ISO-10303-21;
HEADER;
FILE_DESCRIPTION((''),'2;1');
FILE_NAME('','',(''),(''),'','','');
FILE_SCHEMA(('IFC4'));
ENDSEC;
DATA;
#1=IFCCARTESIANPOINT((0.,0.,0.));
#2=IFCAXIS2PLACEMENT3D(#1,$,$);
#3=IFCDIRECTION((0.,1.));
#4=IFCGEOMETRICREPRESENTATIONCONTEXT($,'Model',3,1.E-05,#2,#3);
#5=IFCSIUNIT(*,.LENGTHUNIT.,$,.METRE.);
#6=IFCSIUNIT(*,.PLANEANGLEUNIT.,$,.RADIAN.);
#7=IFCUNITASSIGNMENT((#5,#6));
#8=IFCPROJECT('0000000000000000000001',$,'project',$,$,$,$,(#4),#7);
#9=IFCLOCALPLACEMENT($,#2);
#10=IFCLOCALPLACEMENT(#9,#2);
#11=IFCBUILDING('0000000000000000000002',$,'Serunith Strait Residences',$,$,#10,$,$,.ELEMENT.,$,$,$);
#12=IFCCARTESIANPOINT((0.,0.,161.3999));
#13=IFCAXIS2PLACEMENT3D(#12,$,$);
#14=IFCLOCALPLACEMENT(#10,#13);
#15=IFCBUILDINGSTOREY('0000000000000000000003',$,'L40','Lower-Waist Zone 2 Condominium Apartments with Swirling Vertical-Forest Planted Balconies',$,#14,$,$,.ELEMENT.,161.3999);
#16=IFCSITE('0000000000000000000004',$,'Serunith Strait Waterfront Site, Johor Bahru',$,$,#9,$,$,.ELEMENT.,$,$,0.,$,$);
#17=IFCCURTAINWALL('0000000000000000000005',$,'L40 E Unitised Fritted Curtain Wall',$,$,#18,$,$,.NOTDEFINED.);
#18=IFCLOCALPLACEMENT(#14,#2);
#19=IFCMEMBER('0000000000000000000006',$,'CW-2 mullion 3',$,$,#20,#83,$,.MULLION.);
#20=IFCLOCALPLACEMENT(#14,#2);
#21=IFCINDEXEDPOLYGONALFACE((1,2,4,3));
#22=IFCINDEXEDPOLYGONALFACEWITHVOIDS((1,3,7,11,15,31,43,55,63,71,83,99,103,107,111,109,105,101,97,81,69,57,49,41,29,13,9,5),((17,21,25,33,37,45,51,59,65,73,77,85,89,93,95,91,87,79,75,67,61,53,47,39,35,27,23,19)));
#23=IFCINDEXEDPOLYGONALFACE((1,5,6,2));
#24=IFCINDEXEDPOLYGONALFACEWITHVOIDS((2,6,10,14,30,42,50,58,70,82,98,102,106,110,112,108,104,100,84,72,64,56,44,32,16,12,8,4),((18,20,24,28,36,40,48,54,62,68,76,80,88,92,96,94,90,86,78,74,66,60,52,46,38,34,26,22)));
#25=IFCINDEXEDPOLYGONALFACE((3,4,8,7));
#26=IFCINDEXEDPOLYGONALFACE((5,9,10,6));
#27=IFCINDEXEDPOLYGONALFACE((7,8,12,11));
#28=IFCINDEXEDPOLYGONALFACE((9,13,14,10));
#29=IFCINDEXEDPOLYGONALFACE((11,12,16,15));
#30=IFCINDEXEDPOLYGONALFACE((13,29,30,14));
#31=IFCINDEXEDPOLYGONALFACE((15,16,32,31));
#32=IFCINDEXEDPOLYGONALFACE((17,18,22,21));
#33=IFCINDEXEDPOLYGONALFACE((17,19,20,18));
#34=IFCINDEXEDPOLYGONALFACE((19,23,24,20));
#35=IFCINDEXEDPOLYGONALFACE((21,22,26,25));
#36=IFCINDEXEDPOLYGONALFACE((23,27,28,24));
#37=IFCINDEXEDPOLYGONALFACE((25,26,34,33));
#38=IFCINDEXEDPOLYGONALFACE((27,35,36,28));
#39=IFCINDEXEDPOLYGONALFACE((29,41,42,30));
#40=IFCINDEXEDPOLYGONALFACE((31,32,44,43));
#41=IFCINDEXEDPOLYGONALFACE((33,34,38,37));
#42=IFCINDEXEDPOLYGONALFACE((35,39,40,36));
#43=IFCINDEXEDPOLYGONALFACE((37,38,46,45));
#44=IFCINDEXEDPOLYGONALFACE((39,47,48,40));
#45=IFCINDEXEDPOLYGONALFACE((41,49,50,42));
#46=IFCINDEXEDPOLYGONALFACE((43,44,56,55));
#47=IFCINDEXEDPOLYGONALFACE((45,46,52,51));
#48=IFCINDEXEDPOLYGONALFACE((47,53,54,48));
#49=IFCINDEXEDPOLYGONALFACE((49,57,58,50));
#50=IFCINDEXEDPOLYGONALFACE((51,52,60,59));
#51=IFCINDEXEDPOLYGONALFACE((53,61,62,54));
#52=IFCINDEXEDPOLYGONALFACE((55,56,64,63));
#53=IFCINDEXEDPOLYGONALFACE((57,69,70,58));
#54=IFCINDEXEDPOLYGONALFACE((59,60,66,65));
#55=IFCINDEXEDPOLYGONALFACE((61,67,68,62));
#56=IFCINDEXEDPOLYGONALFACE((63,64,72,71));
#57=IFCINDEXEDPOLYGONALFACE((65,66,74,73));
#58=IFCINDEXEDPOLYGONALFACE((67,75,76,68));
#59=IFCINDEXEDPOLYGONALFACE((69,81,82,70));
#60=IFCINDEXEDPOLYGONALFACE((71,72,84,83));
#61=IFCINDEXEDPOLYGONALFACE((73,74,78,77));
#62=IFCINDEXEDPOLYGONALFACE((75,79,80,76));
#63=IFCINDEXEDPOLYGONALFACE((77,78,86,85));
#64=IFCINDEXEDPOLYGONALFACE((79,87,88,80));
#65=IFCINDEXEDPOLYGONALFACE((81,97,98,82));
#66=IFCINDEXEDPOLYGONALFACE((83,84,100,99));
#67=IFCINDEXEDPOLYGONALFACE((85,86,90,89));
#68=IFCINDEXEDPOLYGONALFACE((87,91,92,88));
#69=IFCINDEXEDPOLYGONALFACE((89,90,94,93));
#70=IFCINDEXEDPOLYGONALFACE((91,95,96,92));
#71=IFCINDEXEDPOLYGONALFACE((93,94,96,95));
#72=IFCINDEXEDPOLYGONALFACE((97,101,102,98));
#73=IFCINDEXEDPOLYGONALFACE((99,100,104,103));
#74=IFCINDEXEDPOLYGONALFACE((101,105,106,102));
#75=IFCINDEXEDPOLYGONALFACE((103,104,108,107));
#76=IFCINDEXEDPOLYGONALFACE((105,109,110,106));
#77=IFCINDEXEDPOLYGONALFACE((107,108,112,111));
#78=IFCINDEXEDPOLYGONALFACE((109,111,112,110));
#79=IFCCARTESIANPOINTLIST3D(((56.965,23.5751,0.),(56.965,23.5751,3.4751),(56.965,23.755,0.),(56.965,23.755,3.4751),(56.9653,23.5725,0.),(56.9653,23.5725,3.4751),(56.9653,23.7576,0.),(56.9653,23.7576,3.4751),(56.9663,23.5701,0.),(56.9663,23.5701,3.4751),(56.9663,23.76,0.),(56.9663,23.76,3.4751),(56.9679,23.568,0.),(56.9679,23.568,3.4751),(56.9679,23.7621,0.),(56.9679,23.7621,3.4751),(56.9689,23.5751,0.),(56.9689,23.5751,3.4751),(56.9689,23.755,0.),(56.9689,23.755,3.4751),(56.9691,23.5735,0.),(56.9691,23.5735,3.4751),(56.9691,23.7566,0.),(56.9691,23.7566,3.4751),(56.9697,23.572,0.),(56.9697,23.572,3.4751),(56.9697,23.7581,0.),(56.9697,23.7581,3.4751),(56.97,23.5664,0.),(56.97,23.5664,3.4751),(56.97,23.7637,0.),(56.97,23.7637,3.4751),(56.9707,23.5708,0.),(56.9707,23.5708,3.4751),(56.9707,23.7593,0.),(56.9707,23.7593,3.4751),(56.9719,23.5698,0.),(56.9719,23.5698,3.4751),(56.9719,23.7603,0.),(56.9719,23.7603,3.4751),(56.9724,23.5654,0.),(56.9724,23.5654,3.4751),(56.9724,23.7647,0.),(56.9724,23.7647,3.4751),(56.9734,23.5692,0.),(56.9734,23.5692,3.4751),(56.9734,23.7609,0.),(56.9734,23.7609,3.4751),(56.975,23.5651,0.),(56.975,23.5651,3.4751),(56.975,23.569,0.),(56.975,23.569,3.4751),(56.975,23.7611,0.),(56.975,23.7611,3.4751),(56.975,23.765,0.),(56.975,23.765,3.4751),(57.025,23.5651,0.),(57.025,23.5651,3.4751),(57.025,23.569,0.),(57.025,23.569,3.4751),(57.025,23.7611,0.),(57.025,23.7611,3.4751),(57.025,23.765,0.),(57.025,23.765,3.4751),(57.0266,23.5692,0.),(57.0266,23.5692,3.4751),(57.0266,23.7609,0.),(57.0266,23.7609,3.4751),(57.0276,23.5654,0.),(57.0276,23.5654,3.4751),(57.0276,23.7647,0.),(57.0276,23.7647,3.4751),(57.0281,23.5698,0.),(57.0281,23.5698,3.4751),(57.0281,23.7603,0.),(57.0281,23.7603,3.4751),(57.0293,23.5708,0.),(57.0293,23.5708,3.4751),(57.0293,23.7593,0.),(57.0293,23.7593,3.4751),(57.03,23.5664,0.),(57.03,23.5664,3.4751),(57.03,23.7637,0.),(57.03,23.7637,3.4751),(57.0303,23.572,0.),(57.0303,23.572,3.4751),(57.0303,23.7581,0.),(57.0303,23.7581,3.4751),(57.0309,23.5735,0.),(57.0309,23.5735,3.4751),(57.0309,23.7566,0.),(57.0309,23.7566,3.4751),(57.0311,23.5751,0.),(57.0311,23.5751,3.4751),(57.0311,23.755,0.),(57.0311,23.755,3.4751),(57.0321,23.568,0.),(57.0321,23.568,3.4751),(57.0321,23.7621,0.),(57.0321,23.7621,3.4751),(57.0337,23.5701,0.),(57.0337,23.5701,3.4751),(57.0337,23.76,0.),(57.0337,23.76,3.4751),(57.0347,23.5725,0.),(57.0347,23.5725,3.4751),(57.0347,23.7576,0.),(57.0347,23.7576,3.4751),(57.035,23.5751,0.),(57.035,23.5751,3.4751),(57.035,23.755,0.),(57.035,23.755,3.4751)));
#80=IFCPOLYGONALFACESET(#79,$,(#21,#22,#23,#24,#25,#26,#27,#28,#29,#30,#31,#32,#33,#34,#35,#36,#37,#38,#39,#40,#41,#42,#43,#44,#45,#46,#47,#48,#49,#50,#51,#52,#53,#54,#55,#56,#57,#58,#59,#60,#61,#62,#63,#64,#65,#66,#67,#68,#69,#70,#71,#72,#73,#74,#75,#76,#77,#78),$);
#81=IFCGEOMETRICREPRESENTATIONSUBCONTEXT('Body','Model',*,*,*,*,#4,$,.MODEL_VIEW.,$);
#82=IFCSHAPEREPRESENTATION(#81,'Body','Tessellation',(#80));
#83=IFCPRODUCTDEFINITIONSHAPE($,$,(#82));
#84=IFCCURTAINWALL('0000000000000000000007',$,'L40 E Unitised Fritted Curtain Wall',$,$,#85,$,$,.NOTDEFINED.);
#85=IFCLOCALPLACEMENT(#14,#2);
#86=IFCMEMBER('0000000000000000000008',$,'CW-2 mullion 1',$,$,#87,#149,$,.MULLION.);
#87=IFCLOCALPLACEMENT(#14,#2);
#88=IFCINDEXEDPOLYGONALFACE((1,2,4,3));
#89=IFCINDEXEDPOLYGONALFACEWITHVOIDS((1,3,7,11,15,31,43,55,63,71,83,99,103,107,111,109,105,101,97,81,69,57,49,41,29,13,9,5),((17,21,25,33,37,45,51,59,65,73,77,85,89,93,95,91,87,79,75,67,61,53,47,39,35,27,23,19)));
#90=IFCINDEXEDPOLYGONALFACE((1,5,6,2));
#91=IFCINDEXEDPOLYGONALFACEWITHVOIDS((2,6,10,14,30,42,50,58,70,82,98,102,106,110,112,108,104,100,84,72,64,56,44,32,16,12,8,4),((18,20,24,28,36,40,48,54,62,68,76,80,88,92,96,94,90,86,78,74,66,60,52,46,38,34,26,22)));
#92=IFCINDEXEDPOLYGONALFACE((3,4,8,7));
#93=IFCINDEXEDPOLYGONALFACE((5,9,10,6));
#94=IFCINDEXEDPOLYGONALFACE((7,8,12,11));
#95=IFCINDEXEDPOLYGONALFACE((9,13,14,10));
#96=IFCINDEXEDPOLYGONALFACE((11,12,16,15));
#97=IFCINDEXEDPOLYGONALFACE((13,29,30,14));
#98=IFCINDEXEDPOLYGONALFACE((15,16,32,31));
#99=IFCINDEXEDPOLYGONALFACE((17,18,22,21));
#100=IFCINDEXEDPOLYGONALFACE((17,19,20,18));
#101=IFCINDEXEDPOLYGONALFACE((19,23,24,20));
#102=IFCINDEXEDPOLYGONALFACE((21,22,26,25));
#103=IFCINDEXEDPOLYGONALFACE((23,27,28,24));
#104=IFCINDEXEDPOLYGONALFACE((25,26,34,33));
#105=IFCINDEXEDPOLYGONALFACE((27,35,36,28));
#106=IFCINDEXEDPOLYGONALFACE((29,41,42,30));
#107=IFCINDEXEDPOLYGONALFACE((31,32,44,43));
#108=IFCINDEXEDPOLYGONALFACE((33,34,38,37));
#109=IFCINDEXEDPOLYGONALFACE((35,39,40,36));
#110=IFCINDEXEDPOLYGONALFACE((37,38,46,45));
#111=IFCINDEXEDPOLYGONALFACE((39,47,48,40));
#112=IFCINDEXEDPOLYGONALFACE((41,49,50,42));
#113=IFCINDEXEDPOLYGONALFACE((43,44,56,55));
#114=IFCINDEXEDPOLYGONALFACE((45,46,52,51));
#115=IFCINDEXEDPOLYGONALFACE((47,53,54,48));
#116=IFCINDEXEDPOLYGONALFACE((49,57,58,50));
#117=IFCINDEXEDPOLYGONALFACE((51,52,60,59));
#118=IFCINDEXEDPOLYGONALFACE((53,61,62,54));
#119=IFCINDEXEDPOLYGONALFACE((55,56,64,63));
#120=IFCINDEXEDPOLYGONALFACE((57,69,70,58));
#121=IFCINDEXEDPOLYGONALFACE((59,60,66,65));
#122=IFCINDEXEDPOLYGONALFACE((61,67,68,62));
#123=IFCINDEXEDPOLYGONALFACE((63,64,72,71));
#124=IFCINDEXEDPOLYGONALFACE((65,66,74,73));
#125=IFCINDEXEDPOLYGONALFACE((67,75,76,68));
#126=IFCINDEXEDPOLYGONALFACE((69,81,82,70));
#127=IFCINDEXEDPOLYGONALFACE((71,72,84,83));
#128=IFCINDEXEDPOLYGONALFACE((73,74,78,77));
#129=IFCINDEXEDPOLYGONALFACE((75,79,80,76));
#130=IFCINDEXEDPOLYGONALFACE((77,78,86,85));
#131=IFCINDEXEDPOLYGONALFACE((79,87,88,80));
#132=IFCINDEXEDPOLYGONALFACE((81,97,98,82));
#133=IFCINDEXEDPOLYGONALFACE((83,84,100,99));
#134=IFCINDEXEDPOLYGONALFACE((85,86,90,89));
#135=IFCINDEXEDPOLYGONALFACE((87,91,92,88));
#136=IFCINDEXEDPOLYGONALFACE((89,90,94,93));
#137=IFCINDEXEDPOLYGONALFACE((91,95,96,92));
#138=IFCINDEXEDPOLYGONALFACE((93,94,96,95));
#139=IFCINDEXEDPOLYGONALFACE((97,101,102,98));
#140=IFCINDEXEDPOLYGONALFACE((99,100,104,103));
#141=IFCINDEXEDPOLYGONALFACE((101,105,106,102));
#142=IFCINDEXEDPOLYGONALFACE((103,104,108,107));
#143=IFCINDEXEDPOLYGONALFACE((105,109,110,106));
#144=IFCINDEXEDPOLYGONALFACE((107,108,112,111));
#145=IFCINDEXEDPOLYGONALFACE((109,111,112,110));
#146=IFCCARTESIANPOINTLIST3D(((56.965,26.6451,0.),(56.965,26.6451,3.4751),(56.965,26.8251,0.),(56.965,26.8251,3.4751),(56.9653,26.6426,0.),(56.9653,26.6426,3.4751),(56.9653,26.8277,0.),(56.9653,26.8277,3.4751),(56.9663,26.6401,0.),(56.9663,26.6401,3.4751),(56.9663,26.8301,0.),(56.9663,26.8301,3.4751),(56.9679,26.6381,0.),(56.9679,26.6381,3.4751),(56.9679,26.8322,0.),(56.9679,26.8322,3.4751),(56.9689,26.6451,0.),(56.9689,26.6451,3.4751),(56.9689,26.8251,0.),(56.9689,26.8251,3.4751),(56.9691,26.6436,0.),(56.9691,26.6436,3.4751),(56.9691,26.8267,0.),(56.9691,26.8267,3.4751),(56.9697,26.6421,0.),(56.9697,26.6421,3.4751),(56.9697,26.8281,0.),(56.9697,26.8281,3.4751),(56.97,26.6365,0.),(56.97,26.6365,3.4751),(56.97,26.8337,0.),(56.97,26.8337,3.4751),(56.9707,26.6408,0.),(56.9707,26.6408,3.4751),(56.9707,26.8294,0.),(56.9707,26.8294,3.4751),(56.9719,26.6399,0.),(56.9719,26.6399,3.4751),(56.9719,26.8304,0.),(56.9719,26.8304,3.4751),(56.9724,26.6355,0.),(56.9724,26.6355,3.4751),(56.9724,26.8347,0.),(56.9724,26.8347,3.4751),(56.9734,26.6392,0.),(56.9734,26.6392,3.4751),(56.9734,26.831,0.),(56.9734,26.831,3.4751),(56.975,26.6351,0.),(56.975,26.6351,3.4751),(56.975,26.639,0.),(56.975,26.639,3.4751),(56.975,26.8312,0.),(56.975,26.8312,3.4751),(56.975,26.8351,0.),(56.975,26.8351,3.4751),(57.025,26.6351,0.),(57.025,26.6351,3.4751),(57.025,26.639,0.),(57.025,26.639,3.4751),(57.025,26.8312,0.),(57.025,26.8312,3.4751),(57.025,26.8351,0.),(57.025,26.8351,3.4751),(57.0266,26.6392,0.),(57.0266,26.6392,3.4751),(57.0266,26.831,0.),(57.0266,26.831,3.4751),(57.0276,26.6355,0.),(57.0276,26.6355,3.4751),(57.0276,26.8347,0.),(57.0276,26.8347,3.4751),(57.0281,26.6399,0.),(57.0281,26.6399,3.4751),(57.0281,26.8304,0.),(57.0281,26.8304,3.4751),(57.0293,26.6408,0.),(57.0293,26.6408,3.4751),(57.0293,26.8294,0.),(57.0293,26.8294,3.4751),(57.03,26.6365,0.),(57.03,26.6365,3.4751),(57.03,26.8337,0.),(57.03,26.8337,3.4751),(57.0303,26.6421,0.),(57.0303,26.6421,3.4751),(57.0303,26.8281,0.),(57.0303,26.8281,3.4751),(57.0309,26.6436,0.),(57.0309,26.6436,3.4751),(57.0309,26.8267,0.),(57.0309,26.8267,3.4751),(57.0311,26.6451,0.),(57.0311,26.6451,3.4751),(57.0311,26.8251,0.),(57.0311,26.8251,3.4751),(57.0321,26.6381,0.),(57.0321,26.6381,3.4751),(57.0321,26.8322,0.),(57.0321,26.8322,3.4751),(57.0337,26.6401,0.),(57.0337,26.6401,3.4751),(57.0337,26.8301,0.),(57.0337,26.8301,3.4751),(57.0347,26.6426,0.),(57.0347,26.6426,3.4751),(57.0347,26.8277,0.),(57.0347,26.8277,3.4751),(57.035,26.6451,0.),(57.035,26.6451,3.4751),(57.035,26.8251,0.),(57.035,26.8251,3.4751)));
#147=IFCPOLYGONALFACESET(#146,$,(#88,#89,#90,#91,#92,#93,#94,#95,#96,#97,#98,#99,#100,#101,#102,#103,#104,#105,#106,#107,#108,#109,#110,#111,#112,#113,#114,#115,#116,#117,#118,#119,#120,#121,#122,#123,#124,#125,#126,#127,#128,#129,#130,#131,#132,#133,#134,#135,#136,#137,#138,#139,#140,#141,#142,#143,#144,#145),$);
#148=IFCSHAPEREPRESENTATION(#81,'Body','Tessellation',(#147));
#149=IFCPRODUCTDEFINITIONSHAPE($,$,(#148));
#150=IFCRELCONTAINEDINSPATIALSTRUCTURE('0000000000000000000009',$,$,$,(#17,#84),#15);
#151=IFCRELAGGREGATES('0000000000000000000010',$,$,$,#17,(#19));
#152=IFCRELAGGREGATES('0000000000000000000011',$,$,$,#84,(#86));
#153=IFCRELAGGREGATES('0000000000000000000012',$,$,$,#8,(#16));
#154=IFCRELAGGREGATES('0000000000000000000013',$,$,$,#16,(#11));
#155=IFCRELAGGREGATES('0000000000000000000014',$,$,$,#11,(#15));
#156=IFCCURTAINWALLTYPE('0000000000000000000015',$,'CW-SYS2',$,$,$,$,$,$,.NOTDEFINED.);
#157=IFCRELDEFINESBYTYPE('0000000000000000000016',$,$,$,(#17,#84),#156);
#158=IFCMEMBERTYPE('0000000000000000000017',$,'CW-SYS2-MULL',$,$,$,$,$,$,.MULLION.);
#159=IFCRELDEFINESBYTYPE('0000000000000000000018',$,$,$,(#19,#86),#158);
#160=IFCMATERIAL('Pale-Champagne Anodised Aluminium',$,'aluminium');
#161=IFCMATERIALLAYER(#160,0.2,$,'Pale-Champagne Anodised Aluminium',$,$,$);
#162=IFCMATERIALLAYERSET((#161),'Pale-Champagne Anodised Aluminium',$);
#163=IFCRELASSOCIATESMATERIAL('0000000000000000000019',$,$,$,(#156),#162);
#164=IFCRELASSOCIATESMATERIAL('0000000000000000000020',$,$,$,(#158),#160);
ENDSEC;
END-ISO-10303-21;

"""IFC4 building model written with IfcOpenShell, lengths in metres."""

from ifc_helpers import new_model, si_unit, direction, frame, origin, origin_2d, place, context, subcontext, project, spatial, hollow_rectangle, extrude, source, transform, mapped, material, layer, layer_set, material_profile, profile_set, type_object, element, aggregate, save


model = new_model("IFC4")

# Units and contexts
model_context = context("Model", 3, precision=1e-05, world=origin(), true_north=direction((0.0, 1.0)))
body_context = subcontext(model_context, "Body", "Model", "MODEL_VIEW")
ifc_project = project(units=[si_unit("LENGTHUNIT", "METRE"), si_unit("PLANEANGLEUNIT", "RADIAN")], contexts=[model_context])

# Site, building, storey
site_placement = place(None, origin())
site = spatial("IfcSite", under=ifc_project, at=site_placement, Name="Serunith Strait Waterfront Site, Johor Bahru", CompositionType="ELEMENT", RefElevation=0.0)
building_placement = place(site_placement, origin())
building = spatial("IfcBuilding", under=site, at=building_placement, Name="Serunith Strait Residences", CompositionType="ELEMENT")
storey_placement = place(building_placement, frame((0.0, 0.0, 161.3999)))
storey = spatial("IfcBuildingStorey", under=building, at=storey_placement, Name="L40", Description="Lower-Waist Zone 2 Condominium Apartments with Swirling Vertical-Forest Planted Balconies", CompositionType="ELEMENT", Elevation=161.3999)

# Curtain wall, member
ifc_material_1 = material(Name="Pale-Champagne Anodised Aluminium", Category="aluminium")
ifc_layer_1 = layer(ifc_material_1, 0.2, Name="Pale-Champagne Anodised Aluminium")
ifc_layer_set_1 = layer_set([ifc_layer_1], Name="Pale-Champagne Anodised Aluminium")
curtain_wall_type = type_object("IfcCurtainWallType", Name="CW-SYS2", PredefinedType="NOTDEFINED", material=ifc_layer_set_1)
curtain_wall_1_placement = place(storey_placement, origin())
curtain_wall_1 = element("IfcCurtainWall", 1, at=curtain_wall_1_placement, inside=storey, type_object=curtain_wall_type, Name="L40 E Unitised Fritted Curtain Wall", PredefinedType="NOTDEFINED")
ifc_material_profile_1 = material_profile(ifc_material_1, hollow_rectangle(XDim=0.0701, YDim=0.2, WallThickness=0.0039, InnerFilletRadius=0.0061, OuterFilletRadius=0.01, at=origin_2d()), Name="ALU 200x70x4")
ifc_profile_set_1 = profile_set([ifc_material_profile_1], Name="Pale-Champagne Anodised Aluminium")
member_type_1 = type_object("IfcMemberType", Name="CW-SYS2-MULL", PredefinedType="MULLION", material=ifc_profile_set_1)
shared_shape_1 = source(origin(), body_context, "Body", "SweptSolid", [
    extrude(hollow_rectangle(XDim=0.0701, YDim=0.2, WallThickness=0.0039, InnerFilletRadius=0.0061, OuterFilletRadius=0.01, at=origin_2d()), origin(), (0.0, 0.0, 1.0), 3.4751),
])
member_1_placement = place(storey_placement, frame((57.0, 23.665, 0.0), z_axis=(0.0, 0.0, 1.0), x_axis=(-1.0, 0.0, 0.0)))
member_1 = element("IfcMember", 2, at=member_1_placement, type_object=member_type_1, Name="CW-2 mullion 3", PredefinedType="MULLION", context=body_context, shape_type="MappedRepresentation", body=[
    mapped(shared_shape_1, transform((0.0, 0.0, 0.0), scale=1.0)),
])
aggregate(curtain_wall_1, [member_1])

# Curtain wall, member
curtain_wall_2_placement = place(storey_placement, origin())
curtain_wall_2 = element("IfcCurtainWall", 3, at=curtain_wall_2_placement, inside=storey, type_object=curtain_wall_type, Name="L40 E Unitised Fritted Curtain Wall", PredefinedType="NOTDEFINED")
member_2_placement = place(storey_placement, frame((57.0, 26.7351, 0.0), z_axis=(0.0, 0.0, 1.0), x_axis=(-1.0, 0.0, 0.0)))
member_2 = element("IfcMember", 4, at=member_2_placement, type_object=member_type_1, Name="CW-2 mullion 1", PredefinedType="MULLION", context=body_context, shape_type="MappedRepresentation", body=[
    mapped(shared_shape_1, transform((0.0, 0.0, 0.0), scale=1.0)),
])
aggregate(curtain_wall_2, [member_2])

save(model, "model.ifc")
